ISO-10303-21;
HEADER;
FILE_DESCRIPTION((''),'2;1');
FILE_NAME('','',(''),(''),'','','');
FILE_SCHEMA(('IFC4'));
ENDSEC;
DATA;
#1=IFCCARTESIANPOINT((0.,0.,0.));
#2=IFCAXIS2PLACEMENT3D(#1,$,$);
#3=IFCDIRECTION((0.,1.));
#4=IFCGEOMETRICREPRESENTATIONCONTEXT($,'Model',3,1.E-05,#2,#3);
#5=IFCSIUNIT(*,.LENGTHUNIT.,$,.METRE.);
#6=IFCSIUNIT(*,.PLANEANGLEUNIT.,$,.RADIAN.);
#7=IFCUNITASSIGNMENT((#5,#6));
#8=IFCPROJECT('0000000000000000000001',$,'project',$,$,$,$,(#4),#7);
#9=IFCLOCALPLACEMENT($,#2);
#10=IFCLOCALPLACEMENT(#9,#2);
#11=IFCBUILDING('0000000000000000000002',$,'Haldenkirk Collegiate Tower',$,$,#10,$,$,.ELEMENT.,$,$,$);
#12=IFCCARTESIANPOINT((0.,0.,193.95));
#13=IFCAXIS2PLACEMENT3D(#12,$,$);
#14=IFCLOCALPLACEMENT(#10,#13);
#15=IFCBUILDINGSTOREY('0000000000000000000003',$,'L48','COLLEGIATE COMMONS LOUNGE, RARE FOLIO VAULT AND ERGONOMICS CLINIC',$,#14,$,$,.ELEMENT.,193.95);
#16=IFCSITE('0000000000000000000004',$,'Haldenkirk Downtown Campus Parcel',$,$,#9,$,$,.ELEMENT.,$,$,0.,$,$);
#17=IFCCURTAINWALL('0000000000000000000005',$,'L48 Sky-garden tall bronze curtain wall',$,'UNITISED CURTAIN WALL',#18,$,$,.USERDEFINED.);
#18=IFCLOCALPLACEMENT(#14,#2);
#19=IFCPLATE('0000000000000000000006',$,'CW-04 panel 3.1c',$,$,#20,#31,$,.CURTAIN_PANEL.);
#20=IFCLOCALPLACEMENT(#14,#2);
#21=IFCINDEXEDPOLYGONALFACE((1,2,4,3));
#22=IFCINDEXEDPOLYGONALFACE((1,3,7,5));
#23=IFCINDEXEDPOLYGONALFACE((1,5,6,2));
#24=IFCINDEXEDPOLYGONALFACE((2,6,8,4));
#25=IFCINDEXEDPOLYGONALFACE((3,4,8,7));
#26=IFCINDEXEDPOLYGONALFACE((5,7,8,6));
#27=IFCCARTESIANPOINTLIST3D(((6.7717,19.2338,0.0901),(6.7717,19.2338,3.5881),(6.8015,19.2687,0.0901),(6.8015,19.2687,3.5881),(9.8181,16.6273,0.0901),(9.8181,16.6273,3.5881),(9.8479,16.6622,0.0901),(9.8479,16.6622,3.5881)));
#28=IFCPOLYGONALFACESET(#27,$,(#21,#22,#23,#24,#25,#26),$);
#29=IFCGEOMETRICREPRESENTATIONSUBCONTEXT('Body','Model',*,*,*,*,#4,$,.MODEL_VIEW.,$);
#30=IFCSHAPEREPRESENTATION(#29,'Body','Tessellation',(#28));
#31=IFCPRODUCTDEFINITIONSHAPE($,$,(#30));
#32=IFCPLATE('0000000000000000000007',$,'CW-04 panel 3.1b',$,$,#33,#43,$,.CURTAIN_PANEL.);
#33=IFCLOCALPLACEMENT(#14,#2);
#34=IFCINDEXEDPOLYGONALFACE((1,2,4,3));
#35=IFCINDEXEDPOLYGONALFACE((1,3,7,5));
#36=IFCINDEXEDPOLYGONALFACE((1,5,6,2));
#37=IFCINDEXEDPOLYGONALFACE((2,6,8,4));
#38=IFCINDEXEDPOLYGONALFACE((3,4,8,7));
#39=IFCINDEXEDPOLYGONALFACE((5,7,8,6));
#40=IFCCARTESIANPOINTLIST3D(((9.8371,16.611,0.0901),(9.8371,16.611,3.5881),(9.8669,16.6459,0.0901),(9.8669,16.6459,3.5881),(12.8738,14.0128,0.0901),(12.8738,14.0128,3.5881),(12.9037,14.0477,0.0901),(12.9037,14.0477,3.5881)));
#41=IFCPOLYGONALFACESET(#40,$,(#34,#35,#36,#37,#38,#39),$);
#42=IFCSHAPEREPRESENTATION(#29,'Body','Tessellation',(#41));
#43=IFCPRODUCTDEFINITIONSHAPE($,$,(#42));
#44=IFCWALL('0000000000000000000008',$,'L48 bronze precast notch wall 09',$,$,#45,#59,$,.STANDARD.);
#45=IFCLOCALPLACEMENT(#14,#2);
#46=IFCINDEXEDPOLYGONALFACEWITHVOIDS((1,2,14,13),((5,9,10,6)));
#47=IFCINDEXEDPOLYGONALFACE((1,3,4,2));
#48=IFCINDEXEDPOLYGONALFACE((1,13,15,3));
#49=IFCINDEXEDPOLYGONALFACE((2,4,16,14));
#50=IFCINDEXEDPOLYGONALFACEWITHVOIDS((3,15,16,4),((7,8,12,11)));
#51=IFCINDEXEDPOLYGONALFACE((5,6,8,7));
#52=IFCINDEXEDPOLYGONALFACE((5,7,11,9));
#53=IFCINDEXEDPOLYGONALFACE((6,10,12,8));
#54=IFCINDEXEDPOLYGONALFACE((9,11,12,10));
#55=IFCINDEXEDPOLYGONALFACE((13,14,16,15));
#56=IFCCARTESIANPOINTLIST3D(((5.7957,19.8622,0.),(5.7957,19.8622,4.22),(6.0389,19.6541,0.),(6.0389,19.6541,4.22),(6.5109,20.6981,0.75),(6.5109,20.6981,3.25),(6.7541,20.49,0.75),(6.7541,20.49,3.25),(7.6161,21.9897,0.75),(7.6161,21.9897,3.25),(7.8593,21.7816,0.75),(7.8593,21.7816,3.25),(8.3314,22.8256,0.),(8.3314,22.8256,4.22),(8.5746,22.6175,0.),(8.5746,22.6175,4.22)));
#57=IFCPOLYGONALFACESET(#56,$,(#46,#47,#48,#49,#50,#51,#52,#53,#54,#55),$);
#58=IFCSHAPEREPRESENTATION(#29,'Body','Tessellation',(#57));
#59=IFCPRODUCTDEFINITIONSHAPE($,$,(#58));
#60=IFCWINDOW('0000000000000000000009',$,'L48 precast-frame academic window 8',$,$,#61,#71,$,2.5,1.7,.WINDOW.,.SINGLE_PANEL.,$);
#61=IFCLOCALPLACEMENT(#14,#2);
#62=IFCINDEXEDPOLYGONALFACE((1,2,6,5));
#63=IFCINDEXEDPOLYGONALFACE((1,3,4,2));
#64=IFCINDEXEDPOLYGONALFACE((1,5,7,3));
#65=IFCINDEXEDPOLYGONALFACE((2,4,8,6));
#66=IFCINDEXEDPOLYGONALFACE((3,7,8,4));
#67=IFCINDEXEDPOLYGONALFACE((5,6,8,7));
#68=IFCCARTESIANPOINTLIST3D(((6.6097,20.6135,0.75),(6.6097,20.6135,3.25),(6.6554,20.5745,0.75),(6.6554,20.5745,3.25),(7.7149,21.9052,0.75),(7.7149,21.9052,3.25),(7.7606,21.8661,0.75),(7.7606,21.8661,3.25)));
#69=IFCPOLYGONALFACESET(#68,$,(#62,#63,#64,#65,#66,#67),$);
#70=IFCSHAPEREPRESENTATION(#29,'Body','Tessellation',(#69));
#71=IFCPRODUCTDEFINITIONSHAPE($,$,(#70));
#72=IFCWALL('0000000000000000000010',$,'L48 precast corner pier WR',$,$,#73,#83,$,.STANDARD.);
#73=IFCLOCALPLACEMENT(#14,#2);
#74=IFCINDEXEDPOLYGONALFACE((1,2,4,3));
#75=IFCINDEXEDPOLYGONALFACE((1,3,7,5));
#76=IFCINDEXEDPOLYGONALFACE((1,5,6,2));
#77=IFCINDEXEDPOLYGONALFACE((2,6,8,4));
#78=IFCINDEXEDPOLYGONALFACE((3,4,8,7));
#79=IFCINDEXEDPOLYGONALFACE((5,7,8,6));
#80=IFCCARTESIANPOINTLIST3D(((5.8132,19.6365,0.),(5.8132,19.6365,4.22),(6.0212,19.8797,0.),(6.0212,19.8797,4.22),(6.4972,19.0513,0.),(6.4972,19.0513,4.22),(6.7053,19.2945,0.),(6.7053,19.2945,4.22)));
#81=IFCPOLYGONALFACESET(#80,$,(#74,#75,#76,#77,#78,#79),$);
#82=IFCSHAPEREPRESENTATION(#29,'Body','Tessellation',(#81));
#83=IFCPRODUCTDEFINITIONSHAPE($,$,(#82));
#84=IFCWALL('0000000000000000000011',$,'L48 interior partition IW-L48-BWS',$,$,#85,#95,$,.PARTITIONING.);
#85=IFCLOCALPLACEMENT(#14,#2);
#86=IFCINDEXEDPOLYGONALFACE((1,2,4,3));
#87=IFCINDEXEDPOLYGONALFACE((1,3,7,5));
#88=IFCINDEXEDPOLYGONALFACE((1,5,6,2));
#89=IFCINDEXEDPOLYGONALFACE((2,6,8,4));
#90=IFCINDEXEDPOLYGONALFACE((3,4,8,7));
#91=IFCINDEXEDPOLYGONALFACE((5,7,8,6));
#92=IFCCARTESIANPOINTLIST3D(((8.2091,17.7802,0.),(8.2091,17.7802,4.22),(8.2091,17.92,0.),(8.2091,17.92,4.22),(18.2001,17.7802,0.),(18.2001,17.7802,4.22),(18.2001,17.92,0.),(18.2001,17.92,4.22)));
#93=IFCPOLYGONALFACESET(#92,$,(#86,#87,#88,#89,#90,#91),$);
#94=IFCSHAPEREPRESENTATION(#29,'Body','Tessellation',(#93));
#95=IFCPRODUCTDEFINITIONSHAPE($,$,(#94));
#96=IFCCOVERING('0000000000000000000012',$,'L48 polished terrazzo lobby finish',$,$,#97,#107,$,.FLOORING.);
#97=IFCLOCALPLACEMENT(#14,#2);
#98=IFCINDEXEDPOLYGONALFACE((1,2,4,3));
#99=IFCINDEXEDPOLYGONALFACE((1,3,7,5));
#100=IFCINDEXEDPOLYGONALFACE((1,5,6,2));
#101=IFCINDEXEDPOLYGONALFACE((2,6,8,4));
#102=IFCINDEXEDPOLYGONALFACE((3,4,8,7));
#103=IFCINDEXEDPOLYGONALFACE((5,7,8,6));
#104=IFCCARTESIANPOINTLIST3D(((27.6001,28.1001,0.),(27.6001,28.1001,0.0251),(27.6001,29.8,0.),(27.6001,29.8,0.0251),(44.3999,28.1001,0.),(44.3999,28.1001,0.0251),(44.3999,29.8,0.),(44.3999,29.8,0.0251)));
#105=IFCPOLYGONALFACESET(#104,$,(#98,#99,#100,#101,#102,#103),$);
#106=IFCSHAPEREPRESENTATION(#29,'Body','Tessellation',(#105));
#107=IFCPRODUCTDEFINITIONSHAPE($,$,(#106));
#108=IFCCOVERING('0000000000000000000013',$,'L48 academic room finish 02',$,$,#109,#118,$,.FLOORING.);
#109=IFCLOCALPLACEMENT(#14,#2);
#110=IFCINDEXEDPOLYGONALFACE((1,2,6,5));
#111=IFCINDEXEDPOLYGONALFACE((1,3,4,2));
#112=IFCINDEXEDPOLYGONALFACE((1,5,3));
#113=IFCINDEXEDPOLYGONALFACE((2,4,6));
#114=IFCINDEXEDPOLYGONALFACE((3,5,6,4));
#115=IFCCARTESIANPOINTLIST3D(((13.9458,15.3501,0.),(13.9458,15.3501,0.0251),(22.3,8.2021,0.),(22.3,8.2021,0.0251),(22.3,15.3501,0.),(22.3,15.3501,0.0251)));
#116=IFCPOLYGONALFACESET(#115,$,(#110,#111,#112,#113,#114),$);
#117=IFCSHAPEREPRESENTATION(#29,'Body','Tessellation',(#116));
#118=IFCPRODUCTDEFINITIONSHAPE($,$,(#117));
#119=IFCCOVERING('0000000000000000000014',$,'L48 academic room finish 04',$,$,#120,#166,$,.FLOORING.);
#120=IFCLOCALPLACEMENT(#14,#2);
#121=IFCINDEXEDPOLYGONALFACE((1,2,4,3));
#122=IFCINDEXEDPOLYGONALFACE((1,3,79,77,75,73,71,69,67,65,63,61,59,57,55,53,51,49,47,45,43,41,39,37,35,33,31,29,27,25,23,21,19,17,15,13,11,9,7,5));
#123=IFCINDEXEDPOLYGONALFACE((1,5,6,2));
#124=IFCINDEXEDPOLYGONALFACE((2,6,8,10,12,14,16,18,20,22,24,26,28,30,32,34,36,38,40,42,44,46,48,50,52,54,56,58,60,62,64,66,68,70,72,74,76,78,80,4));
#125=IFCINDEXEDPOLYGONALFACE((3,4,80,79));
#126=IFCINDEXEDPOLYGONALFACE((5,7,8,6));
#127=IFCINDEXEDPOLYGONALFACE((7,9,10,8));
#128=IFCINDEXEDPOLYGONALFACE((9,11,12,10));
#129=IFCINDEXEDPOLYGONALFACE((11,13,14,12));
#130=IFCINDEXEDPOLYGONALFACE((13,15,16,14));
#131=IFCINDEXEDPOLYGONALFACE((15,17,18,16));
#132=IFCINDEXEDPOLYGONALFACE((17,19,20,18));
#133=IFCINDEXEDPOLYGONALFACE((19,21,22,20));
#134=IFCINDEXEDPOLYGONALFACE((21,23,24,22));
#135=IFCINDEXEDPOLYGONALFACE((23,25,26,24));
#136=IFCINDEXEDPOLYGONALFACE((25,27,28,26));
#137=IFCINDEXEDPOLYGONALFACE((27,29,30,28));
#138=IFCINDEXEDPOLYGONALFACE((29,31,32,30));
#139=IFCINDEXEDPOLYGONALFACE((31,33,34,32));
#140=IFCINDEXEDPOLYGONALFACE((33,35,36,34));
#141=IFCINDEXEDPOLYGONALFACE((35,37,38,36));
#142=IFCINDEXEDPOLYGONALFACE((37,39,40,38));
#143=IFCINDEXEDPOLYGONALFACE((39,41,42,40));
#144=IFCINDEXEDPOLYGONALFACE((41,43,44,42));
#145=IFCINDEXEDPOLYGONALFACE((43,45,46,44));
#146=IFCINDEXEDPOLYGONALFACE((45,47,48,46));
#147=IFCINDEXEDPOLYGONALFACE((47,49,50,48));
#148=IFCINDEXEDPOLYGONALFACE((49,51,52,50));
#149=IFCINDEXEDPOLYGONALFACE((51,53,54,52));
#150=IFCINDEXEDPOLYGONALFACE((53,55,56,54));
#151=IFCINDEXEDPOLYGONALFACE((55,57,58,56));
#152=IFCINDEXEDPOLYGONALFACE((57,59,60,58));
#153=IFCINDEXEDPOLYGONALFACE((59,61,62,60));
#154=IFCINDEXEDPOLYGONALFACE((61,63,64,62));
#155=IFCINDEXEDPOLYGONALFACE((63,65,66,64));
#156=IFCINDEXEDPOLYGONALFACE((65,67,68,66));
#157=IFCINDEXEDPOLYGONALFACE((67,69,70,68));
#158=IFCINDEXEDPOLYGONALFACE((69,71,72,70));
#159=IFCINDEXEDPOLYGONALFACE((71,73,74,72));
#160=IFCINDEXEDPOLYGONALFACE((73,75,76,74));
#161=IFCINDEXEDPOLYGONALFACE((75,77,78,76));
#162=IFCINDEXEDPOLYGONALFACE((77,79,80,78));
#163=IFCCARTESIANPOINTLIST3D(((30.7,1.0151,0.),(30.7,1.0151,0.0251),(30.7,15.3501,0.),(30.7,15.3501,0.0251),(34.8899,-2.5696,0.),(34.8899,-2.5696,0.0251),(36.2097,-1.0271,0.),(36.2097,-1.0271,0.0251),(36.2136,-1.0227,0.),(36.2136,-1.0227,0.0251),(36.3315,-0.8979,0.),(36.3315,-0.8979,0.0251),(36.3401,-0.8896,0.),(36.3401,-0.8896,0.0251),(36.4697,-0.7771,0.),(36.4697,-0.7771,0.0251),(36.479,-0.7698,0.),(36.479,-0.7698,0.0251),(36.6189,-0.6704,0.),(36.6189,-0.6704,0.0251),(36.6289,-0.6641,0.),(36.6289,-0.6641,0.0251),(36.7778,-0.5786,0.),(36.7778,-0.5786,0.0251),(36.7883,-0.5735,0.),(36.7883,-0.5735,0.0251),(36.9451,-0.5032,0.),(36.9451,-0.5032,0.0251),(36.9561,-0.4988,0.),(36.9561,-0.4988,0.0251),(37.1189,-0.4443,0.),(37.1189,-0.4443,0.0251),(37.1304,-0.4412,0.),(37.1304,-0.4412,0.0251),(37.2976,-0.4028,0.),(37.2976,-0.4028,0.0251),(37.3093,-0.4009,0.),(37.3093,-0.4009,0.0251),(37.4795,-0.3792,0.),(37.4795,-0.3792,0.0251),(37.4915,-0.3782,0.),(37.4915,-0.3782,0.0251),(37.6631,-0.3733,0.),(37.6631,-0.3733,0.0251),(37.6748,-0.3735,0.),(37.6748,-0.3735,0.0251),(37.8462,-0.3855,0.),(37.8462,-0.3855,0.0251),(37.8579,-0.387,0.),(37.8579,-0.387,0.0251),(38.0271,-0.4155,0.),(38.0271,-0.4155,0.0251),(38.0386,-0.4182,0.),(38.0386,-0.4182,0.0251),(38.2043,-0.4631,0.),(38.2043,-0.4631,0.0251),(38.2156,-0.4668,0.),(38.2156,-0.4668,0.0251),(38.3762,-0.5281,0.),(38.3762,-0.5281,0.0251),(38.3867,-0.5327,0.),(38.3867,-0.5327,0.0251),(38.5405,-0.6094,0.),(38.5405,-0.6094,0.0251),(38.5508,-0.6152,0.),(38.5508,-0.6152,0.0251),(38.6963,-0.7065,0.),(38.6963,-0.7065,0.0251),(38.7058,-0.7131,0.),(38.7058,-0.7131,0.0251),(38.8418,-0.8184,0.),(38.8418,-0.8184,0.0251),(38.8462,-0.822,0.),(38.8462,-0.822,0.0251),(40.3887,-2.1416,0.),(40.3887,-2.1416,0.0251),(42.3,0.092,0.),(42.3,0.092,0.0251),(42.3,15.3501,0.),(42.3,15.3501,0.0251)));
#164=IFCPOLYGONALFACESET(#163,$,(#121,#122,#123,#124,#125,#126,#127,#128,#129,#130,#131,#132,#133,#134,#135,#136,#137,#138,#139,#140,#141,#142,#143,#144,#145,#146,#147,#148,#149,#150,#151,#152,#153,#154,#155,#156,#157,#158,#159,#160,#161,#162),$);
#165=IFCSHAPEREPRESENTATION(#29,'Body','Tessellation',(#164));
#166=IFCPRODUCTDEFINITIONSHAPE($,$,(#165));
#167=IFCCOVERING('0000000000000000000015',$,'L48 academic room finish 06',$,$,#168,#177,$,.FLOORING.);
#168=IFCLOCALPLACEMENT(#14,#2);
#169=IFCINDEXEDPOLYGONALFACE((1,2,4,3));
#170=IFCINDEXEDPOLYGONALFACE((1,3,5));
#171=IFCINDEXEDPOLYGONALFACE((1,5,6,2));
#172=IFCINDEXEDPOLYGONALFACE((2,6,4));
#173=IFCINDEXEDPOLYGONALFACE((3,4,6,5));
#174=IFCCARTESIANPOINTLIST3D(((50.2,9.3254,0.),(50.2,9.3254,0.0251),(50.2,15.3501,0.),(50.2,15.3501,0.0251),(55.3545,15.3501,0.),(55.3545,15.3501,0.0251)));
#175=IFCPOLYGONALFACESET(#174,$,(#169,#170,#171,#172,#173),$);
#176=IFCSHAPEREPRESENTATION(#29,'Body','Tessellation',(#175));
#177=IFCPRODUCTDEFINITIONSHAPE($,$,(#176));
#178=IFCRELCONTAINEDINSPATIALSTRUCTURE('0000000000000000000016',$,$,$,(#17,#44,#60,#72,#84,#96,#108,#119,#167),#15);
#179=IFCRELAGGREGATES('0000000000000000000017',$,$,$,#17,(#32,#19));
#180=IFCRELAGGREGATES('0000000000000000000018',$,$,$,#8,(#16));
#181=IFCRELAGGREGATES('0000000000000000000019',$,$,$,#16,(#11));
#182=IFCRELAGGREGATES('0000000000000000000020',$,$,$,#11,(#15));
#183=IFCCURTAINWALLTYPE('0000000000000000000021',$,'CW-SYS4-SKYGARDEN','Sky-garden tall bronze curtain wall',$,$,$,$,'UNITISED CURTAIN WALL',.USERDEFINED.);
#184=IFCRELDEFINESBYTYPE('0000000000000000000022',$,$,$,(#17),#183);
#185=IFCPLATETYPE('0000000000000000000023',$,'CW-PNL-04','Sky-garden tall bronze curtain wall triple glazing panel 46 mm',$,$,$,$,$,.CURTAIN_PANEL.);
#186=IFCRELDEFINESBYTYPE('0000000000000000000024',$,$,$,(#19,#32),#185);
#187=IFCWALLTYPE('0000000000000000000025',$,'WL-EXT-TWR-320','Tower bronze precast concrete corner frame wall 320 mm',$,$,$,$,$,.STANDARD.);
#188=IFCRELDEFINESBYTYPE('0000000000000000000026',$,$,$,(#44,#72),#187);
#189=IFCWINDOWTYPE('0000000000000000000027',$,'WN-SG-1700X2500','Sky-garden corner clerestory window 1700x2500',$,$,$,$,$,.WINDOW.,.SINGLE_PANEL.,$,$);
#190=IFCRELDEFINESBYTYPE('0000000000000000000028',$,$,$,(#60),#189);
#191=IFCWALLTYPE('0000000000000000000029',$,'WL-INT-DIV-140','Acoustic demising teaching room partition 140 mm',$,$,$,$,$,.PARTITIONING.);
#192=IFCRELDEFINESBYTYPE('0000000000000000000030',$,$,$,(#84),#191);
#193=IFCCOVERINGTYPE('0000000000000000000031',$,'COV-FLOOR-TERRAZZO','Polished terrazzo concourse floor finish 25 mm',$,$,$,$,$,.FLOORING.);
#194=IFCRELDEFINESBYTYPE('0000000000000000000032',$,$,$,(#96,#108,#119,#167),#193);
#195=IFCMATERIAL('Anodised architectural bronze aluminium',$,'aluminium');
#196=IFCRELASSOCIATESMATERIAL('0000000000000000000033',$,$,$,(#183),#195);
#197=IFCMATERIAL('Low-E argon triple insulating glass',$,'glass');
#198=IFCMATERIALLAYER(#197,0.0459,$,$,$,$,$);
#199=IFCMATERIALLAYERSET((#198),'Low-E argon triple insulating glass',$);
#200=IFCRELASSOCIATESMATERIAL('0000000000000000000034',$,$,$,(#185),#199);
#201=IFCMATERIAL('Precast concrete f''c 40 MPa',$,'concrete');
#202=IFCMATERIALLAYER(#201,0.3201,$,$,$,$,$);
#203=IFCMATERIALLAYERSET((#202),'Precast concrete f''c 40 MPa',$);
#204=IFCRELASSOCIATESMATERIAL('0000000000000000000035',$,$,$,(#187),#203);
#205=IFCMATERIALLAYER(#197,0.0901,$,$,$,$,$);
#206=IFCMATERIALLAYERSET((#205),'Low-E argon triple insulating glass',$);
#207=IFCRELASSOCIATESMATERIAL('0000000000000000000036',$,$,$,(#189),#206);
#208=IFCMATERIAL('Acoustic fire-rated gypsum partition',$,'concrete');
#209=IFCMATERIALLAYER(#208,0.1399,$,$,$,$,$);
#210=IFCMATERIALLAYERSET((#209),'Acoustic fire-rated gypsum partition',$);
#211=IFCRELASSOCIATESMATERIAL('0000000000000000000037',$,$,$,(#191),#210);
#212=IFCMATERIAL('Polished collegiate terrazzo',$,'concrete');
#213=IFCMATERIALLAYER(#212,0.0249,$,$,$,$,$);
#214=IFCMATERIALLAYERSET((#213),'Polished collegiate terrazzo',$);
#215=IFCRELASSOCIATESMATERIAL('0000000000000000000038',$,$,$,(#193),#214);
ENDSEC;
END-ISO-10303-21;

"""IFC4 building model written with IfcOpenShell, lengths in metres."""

from ifc_helpers import new_model, si_unit, direction, frame, frame_2d, origin, origin_2d, place, context, subcontext, project, spatial, polyline, rectangle, outline, extrude, source, transform, mapped, material, layer, layer_set, type_object, element, fill, aggregate, save


model = new_model("IFC4")

# Units and contexts
model_context = context("Model", 3, precision=1e-05, world=origin(), true_north=direction((0.0, 1.0)))
body_context = subcontext(model_context, "Body", "Model", "MODEL_VIEW")
ifc_project = project(units=[si_unit("LENGTHUNIT", "METRE"), si_unit("PLANEANGLEUNIT", "RADIAN")], contexts=[model_context])

# Site, building, storey
site_placement = place(None, origin())
site = spatial("IfcSite", under=ifc_project, at=site_placement, Name="Haldenkirk Downtown Campus Parcel", CompositionType="ELEMENT", RefElevation=0.0)
building_placement = place(site_placement, origin())
building = spatial("IfcBuilding", under=site, at=building_placement, Name="Haldenkirk Collegiate Tower", CompositionType="ELEMENT")
storey_placement = place(building_placement, frame((0.0, 0.0, 193.95)))
storey = spatial("IfcBuildingStorey", under=building, at=storey_placement, Name="L48", Description="COLLEGIATE COMMONS LOUNGE, RARE FOLIO VAULT AND ERGONOMICS CLINIC", CompositionType="ELEMENT", Elevation=193.95)

# Curtain wall
ifc_material_1 = material(Name="Anodised architectural bronze aluminium", Category="aluminium")
curtain_wall_type = type_object("IfcCurtainWallType", Name="CW-SYS4-SKYGARDEN", Description="Sky-garden tall bronze curtain wall", ElementType="UNITISED CURTAIN WALL", PredefinedType="USERDEFINED", material=ifc_material_1)
curtain_wall_placement = place(storey_placement, origin())
curtain_wall = element("IfcCurtainWall", 1, at=curtain_wall_placement, inside=storey, type_object=curtain_wall_type, Name="L48 Sky-garden tall bronze curtain wall", ObjectType="UNITISED CURTAIN WALL", PredefinedType="USERDEFINED")

# Plates
ifc_material_2 = material(Name="Low-E argon triple insulating glass", Category="glass")
ifc_layer_1 = layer(ifc_material_2, 0.0459)
ifc_layer_set_1 = layer_set([ifc_layer_1], Name="Low-E argon triple insulating glass")
plate_type = type_object("IfcPlateType", Name="CW-PNL-04", Description="Sky-garden tall bronze curtain wall triple glazing panel 46 mm", PredefinedType="CURTAIN_PANEL", material=ifc_layer_set_1)
shared_shape_1 = source(origin(), body_context, "Body", "SweptSolid", [
    extrude(rectangle(XDim=4.0093, YDim=0.0459, at=origin_2d()), origin(), (0.0, 0.0, 1.0), 3.498),
])
plate_1_placement = place(storey_placement, frame((8.3098, 17.948, 0.0901), z_axis=(0.0, 0.0, 1.0), x_axis=(-0.759837, 0.650113, 0.0)))
plate_1 = element("IfcPlate", 2, at=plate_1_placement, type_object=plate_type, Name="CW-04 panel 3.1c", PredefinedType="CURTAIN_PANEL", context=body_context, shape_type="MappedRepresentation", body=[
    mapped(shared_shape_1, transform((0.0, 0.0, 0.0), x_axis=(1.0, 0.0, 0.0), y_axis=(0.0, 1.0, 0.0), z_axis=(0.0, 0.0, 1.0), scale=1.0)),
])
shared_shape_2 = source(origin(), body_context, "Body", "SweptSolid", [
    extrude(rectangle(XDim=3.9966, YDim=0.0459, at=origin_2d()), origin(), (0.0, 0.0, 1.0), 3.498),
])
plate_2_placement = place(storey_placement, frame((11.3704, 15.3293, 0.0901), z_axis=(0.0, 0.0, 1.0), x_axis=(-0.759837, 0.650113, 0.0)))
plate_2 = element("IfcPlate", 3, at=plate_2_placement, type_object=plate_type, Name="CW-04 panel 3.1b", PredefinedType="CURTAIN_PANEL", context=body_context, shape_type="MappedRepresentation", body=[
    mapped(shared_shape_2, transform((0.0, 0.0, 0.0), x_axis=(1.0, 0.0, 0.0), y_axis=(0.0, 1.0, 0.0), z_axis=(0.0, 0.0, 1.0), scale=1.0)),
])
aggregate(curtain_wall, [plate_2, plate_1])

# Wall, opening, window
ifc_material_3 = material(Name="Precast concrete f'c 40 MPa", Category="concrete")
ifc_layer_2 = layer(ifc_material_3, 0.3201)
ifc_layer_set_2 = layer_set([ifc_layer_2], Name="Precast concrete f'c 40 MPa")
wall_type_1 = type_object("IfcWallType", Name="WL-EXT-TWR-320", Description="Tower bronze precast concrete corner frame wall 320 mm", PredefinedType="STANDARD", material=ifc_layer_set_2)
wall_1_placement = place(storey_placement, frame((5.9172, 19.7581, 0.0), z_axis=(0.0, 0.0, 1.0), x_axis=(0.650142, 0.759813, 0.0)))
wall_1 = element("IfcWall", 4, at=wall_1_placement, inside=storey, type_object=wall_type_1, Name="L48 bronze precast notch wall 09", PredefinedType="STANDARD", context=body_context, shape_type="SweptSolid", body=[
    extrude(rectangle(XDim=3.9001, YDim=0.3201, at=frame_2d((1.9502, 0.0))), origin(), (0.0, 0.0, 1.0), 4.22),
])
opening_placement = place(wall_1_placement, frame((1.1001, 0.0, 0.75)))
opening = element("IfcOpeningElement", 5, at=opening_placement, cuts=wall_1, PredefinedType="OPENING", context=body_context, shape_type="SweptSolid", body=[
    extrude(rectangle(XDim=1.7, YDim=2.5, at=frame_2d((0.8501, 1.25))), frame((0.0, 0.1699, 0.0), z_axis=(0.0, -1.0, 0.0), x_axis=(1.0, 0.0, 0.0)), (0.0, 0.0, 1.0), 0.3401),
])
ifc_layer_3 = layer(ifc_material_2, 0.0901)
ifc_layer_set_3 = layer_set([ifc_layer_3], Name="Low-E argon triple insulating glass")
window_type = type_object("IfcWindowType", Name="WN-SG-1700X2500", Description="Sky-garden corner clerestory window 1700x2500", PartitioningType="SINGLE_PANEL", PredefinedType="WINDOW", material=ifc_layer_set_3)
window_placement = place(opening_placement, origin())
window = element("IfcWindow", 6, at=window_placement, inside=storey, type_object=window_type, Name="L48 precast-frame academic window 8", OverallHeight=2.5, OverallWidth=1.7, PartitioningType="SINGLE_PANEL", PredefinedType="WINDOW", context=body_context, shape_type="SweptSolid", body=[
    extrude(rectangle(XDim=1.7, YDim=2.5, at=frame_2d((0.8501, 1.25))), frame((0.0, 0.03, 0.0), z_axis=(0.0, -1.0, 0.0), x_axis=(1.0, 0.0, 0.0)), (0.0, 0.0, 1.0), 0.0601),
])
fill(opening, window)

# Walls
wall_2_placement = place(storey_placement, frame((6.6013, 19.1729, 0.0), z_axis=(0.0, 0.0, 1.0), x_axis=(-0.759888, 0.650054, 0.0)))
element("IfcWall", 7, at=wall_2_placement, inside=storey, type_object=wall_type_1, Name="L48 precast corner pier WR", PredefinedType="STANDARD", context=body_context, shape_type="SweptSolid", body=[
    extrude(rectangle(XDim=0.9001, YDim=0.3201, at=frame_2d((0.4502, 0.0))), origin(), (0.0, 0.0, 1.0), 4.22),
])
ifc_material_4 = material(Name="Acoustic fire-rated gypsum partition", Category="concrete")
ifc_layer_4 = layer(ifc_material_4, 0.1399)
ifc_layer_set_4 = layer_set([ifc_layer_4], Name="Acoustic fire-rated gypsum partition")
wall_type_2 = type_object("IfcWallType", Name="WL-INT-DIV-140", Description="Acoustic demising teaching room partition 140 mm", PredefinedType="PARTITIONING", material=ifc_layer_set_4)
wall_3_placement = place(storey_placement, frame((8.209, 17.8501, 0.0), z_axis=(0.0, 0.0, 1.0), x_axis=(1.0, 0.0, 0.0)))
element("IfcWall", 8, at=wall_3_placement, inside=storey, type_object=wall_type_2, Name="L48 interior partition IW-L48-BWS", PredefinedType="PARTITIONING", context=body_context, shape_type="SweptSolid", body=[
    extrude(rectangle(XDim=9.991, YDim=0.1399, at=frame_2d((4.9956, 0.0))), origin(), (0.0, 0.0, 1.0), 4.22),
])

# Coverings
ifc_material_5 = material(Name="Polished collegiate terrazzo", Category="concrete")
ifc_layer_5 = layer(ifc_material_5, 0.0249)
ifc_layer_set_5 = layer_set([ifc_layer_5], Name="Polished collegiate terrazzo")
covering_type_1 = type_object("IfcCoveringType", Name="COV-FLOOR-TERRAZZO", Description="Polished terrazzo concourse floor finish 25 mm", PredefinedType="FLOORING", material=ifc_layer_set_5)
covering_1_placement = place(storey_placement, origin())
element("IfcCovering", 9, at=covering_1_placement, inside=storey, type_object=covering_type_1, Name="L48 polished terrazzo lobby finish", PredefinedType="FLOORING", context=body_context, shape_type="SweptSolid", body=[
    extrude(outline(polyline([(27.6001, 28.1001), (44.3999, 28.1001), (44.3999, 29.8), (27.6001, 29.8), (27.6001, 28.1001)])), origin(), (0.0, 0.0, 1.0), 0.0251),
])
covering_2_placement = place(storey_placement, origin())
element("IfcCovering", 10, at=covering_2_placement, inside=storey, type_object=covering_type_1, Name="L48 academic room finish 02", PredefinedType="FLOORING", context=body_context, shape_type="SweptSolid", body=[
    extrude(outline(polyline([(13.9458, 15.3501), (22.3, 15.3501), (22.3, 8.2021), (13.9458, 15.3501)])), origin(), (0.0, 0.0, 1.0), 0.0251),
])
covering_3_placement = place(storey_placement, origin())
element("IfcCovering", 11, at=covering_3_placement, inside=storey, type_object=covering_type_1, Name="L48 academic room finish 04", PredefinedType="FLOORING", context=body_context, shape_type="SweptSolid", body=[
    extrude(outline(polyline([(38.0386, -0.4182), (38.0271, -0.4155), (37.8579, -0.387), (37.8462, -0.3855), (37.6748, -0.3735), (37.6631, -0.3733), (37.4915, -0.3782), (37.4795, -0.3792), (37.3093, -0.4009), (37.2976, -0.4028), (37.1304, -0.4412), (37.1189, -0.4443), (36.9561, -0.4988), (36.9451, -0.5032), (36.7883, -0.5735), (36.7778, -0.5786), (36.6289, -0.6641), (36.6189, -0.6704), (36.479, -0.7698), (36.4697, -0.7771), (36.3401, -0.8896), (36.3315, -0.8979), (36.2136, -1.0227), (36.2097, -1.0271), (34.8899, -2.5696), (30.7, 1.0151), (30.7, 15.3501), (42.3, 15.3501), (42.3, 0.092), (40.3887, -2.1416), (38.8462, -0.822), (38.8418, -0.8184), (38.7058, -0.7131), (38.6963, -0.7065), (38.5508, -0.6152), (38.5405, -0.6094), (38.3867, -0.5327), (38.3762, -0.5281), (38.2156, -0.4668), (38.2043, -0.4631), (38.0386, -0.4182)])), origin(), (0.0, 0.0, 1.0), 0.0251),
])
covering_4_placement = place(storey_placement, origin())
element("IfcCovering", 12, at=covering_4_placement, inside=storey, type_object=covering_type_1, Name="L48 academic room finish 06", PredefinedType="FLOORING", context=body_context, shape_type="SweptSolid", body=[
    extrude(outline(polyline([(50.2, 9.3254), (50.2, 15.3501), (55.3545, 15.3501), (50.2, 9.3254)])), origin(), (0.0, 0.0, 1.0), 0.0251),
])

save(model, "model.ifc")
